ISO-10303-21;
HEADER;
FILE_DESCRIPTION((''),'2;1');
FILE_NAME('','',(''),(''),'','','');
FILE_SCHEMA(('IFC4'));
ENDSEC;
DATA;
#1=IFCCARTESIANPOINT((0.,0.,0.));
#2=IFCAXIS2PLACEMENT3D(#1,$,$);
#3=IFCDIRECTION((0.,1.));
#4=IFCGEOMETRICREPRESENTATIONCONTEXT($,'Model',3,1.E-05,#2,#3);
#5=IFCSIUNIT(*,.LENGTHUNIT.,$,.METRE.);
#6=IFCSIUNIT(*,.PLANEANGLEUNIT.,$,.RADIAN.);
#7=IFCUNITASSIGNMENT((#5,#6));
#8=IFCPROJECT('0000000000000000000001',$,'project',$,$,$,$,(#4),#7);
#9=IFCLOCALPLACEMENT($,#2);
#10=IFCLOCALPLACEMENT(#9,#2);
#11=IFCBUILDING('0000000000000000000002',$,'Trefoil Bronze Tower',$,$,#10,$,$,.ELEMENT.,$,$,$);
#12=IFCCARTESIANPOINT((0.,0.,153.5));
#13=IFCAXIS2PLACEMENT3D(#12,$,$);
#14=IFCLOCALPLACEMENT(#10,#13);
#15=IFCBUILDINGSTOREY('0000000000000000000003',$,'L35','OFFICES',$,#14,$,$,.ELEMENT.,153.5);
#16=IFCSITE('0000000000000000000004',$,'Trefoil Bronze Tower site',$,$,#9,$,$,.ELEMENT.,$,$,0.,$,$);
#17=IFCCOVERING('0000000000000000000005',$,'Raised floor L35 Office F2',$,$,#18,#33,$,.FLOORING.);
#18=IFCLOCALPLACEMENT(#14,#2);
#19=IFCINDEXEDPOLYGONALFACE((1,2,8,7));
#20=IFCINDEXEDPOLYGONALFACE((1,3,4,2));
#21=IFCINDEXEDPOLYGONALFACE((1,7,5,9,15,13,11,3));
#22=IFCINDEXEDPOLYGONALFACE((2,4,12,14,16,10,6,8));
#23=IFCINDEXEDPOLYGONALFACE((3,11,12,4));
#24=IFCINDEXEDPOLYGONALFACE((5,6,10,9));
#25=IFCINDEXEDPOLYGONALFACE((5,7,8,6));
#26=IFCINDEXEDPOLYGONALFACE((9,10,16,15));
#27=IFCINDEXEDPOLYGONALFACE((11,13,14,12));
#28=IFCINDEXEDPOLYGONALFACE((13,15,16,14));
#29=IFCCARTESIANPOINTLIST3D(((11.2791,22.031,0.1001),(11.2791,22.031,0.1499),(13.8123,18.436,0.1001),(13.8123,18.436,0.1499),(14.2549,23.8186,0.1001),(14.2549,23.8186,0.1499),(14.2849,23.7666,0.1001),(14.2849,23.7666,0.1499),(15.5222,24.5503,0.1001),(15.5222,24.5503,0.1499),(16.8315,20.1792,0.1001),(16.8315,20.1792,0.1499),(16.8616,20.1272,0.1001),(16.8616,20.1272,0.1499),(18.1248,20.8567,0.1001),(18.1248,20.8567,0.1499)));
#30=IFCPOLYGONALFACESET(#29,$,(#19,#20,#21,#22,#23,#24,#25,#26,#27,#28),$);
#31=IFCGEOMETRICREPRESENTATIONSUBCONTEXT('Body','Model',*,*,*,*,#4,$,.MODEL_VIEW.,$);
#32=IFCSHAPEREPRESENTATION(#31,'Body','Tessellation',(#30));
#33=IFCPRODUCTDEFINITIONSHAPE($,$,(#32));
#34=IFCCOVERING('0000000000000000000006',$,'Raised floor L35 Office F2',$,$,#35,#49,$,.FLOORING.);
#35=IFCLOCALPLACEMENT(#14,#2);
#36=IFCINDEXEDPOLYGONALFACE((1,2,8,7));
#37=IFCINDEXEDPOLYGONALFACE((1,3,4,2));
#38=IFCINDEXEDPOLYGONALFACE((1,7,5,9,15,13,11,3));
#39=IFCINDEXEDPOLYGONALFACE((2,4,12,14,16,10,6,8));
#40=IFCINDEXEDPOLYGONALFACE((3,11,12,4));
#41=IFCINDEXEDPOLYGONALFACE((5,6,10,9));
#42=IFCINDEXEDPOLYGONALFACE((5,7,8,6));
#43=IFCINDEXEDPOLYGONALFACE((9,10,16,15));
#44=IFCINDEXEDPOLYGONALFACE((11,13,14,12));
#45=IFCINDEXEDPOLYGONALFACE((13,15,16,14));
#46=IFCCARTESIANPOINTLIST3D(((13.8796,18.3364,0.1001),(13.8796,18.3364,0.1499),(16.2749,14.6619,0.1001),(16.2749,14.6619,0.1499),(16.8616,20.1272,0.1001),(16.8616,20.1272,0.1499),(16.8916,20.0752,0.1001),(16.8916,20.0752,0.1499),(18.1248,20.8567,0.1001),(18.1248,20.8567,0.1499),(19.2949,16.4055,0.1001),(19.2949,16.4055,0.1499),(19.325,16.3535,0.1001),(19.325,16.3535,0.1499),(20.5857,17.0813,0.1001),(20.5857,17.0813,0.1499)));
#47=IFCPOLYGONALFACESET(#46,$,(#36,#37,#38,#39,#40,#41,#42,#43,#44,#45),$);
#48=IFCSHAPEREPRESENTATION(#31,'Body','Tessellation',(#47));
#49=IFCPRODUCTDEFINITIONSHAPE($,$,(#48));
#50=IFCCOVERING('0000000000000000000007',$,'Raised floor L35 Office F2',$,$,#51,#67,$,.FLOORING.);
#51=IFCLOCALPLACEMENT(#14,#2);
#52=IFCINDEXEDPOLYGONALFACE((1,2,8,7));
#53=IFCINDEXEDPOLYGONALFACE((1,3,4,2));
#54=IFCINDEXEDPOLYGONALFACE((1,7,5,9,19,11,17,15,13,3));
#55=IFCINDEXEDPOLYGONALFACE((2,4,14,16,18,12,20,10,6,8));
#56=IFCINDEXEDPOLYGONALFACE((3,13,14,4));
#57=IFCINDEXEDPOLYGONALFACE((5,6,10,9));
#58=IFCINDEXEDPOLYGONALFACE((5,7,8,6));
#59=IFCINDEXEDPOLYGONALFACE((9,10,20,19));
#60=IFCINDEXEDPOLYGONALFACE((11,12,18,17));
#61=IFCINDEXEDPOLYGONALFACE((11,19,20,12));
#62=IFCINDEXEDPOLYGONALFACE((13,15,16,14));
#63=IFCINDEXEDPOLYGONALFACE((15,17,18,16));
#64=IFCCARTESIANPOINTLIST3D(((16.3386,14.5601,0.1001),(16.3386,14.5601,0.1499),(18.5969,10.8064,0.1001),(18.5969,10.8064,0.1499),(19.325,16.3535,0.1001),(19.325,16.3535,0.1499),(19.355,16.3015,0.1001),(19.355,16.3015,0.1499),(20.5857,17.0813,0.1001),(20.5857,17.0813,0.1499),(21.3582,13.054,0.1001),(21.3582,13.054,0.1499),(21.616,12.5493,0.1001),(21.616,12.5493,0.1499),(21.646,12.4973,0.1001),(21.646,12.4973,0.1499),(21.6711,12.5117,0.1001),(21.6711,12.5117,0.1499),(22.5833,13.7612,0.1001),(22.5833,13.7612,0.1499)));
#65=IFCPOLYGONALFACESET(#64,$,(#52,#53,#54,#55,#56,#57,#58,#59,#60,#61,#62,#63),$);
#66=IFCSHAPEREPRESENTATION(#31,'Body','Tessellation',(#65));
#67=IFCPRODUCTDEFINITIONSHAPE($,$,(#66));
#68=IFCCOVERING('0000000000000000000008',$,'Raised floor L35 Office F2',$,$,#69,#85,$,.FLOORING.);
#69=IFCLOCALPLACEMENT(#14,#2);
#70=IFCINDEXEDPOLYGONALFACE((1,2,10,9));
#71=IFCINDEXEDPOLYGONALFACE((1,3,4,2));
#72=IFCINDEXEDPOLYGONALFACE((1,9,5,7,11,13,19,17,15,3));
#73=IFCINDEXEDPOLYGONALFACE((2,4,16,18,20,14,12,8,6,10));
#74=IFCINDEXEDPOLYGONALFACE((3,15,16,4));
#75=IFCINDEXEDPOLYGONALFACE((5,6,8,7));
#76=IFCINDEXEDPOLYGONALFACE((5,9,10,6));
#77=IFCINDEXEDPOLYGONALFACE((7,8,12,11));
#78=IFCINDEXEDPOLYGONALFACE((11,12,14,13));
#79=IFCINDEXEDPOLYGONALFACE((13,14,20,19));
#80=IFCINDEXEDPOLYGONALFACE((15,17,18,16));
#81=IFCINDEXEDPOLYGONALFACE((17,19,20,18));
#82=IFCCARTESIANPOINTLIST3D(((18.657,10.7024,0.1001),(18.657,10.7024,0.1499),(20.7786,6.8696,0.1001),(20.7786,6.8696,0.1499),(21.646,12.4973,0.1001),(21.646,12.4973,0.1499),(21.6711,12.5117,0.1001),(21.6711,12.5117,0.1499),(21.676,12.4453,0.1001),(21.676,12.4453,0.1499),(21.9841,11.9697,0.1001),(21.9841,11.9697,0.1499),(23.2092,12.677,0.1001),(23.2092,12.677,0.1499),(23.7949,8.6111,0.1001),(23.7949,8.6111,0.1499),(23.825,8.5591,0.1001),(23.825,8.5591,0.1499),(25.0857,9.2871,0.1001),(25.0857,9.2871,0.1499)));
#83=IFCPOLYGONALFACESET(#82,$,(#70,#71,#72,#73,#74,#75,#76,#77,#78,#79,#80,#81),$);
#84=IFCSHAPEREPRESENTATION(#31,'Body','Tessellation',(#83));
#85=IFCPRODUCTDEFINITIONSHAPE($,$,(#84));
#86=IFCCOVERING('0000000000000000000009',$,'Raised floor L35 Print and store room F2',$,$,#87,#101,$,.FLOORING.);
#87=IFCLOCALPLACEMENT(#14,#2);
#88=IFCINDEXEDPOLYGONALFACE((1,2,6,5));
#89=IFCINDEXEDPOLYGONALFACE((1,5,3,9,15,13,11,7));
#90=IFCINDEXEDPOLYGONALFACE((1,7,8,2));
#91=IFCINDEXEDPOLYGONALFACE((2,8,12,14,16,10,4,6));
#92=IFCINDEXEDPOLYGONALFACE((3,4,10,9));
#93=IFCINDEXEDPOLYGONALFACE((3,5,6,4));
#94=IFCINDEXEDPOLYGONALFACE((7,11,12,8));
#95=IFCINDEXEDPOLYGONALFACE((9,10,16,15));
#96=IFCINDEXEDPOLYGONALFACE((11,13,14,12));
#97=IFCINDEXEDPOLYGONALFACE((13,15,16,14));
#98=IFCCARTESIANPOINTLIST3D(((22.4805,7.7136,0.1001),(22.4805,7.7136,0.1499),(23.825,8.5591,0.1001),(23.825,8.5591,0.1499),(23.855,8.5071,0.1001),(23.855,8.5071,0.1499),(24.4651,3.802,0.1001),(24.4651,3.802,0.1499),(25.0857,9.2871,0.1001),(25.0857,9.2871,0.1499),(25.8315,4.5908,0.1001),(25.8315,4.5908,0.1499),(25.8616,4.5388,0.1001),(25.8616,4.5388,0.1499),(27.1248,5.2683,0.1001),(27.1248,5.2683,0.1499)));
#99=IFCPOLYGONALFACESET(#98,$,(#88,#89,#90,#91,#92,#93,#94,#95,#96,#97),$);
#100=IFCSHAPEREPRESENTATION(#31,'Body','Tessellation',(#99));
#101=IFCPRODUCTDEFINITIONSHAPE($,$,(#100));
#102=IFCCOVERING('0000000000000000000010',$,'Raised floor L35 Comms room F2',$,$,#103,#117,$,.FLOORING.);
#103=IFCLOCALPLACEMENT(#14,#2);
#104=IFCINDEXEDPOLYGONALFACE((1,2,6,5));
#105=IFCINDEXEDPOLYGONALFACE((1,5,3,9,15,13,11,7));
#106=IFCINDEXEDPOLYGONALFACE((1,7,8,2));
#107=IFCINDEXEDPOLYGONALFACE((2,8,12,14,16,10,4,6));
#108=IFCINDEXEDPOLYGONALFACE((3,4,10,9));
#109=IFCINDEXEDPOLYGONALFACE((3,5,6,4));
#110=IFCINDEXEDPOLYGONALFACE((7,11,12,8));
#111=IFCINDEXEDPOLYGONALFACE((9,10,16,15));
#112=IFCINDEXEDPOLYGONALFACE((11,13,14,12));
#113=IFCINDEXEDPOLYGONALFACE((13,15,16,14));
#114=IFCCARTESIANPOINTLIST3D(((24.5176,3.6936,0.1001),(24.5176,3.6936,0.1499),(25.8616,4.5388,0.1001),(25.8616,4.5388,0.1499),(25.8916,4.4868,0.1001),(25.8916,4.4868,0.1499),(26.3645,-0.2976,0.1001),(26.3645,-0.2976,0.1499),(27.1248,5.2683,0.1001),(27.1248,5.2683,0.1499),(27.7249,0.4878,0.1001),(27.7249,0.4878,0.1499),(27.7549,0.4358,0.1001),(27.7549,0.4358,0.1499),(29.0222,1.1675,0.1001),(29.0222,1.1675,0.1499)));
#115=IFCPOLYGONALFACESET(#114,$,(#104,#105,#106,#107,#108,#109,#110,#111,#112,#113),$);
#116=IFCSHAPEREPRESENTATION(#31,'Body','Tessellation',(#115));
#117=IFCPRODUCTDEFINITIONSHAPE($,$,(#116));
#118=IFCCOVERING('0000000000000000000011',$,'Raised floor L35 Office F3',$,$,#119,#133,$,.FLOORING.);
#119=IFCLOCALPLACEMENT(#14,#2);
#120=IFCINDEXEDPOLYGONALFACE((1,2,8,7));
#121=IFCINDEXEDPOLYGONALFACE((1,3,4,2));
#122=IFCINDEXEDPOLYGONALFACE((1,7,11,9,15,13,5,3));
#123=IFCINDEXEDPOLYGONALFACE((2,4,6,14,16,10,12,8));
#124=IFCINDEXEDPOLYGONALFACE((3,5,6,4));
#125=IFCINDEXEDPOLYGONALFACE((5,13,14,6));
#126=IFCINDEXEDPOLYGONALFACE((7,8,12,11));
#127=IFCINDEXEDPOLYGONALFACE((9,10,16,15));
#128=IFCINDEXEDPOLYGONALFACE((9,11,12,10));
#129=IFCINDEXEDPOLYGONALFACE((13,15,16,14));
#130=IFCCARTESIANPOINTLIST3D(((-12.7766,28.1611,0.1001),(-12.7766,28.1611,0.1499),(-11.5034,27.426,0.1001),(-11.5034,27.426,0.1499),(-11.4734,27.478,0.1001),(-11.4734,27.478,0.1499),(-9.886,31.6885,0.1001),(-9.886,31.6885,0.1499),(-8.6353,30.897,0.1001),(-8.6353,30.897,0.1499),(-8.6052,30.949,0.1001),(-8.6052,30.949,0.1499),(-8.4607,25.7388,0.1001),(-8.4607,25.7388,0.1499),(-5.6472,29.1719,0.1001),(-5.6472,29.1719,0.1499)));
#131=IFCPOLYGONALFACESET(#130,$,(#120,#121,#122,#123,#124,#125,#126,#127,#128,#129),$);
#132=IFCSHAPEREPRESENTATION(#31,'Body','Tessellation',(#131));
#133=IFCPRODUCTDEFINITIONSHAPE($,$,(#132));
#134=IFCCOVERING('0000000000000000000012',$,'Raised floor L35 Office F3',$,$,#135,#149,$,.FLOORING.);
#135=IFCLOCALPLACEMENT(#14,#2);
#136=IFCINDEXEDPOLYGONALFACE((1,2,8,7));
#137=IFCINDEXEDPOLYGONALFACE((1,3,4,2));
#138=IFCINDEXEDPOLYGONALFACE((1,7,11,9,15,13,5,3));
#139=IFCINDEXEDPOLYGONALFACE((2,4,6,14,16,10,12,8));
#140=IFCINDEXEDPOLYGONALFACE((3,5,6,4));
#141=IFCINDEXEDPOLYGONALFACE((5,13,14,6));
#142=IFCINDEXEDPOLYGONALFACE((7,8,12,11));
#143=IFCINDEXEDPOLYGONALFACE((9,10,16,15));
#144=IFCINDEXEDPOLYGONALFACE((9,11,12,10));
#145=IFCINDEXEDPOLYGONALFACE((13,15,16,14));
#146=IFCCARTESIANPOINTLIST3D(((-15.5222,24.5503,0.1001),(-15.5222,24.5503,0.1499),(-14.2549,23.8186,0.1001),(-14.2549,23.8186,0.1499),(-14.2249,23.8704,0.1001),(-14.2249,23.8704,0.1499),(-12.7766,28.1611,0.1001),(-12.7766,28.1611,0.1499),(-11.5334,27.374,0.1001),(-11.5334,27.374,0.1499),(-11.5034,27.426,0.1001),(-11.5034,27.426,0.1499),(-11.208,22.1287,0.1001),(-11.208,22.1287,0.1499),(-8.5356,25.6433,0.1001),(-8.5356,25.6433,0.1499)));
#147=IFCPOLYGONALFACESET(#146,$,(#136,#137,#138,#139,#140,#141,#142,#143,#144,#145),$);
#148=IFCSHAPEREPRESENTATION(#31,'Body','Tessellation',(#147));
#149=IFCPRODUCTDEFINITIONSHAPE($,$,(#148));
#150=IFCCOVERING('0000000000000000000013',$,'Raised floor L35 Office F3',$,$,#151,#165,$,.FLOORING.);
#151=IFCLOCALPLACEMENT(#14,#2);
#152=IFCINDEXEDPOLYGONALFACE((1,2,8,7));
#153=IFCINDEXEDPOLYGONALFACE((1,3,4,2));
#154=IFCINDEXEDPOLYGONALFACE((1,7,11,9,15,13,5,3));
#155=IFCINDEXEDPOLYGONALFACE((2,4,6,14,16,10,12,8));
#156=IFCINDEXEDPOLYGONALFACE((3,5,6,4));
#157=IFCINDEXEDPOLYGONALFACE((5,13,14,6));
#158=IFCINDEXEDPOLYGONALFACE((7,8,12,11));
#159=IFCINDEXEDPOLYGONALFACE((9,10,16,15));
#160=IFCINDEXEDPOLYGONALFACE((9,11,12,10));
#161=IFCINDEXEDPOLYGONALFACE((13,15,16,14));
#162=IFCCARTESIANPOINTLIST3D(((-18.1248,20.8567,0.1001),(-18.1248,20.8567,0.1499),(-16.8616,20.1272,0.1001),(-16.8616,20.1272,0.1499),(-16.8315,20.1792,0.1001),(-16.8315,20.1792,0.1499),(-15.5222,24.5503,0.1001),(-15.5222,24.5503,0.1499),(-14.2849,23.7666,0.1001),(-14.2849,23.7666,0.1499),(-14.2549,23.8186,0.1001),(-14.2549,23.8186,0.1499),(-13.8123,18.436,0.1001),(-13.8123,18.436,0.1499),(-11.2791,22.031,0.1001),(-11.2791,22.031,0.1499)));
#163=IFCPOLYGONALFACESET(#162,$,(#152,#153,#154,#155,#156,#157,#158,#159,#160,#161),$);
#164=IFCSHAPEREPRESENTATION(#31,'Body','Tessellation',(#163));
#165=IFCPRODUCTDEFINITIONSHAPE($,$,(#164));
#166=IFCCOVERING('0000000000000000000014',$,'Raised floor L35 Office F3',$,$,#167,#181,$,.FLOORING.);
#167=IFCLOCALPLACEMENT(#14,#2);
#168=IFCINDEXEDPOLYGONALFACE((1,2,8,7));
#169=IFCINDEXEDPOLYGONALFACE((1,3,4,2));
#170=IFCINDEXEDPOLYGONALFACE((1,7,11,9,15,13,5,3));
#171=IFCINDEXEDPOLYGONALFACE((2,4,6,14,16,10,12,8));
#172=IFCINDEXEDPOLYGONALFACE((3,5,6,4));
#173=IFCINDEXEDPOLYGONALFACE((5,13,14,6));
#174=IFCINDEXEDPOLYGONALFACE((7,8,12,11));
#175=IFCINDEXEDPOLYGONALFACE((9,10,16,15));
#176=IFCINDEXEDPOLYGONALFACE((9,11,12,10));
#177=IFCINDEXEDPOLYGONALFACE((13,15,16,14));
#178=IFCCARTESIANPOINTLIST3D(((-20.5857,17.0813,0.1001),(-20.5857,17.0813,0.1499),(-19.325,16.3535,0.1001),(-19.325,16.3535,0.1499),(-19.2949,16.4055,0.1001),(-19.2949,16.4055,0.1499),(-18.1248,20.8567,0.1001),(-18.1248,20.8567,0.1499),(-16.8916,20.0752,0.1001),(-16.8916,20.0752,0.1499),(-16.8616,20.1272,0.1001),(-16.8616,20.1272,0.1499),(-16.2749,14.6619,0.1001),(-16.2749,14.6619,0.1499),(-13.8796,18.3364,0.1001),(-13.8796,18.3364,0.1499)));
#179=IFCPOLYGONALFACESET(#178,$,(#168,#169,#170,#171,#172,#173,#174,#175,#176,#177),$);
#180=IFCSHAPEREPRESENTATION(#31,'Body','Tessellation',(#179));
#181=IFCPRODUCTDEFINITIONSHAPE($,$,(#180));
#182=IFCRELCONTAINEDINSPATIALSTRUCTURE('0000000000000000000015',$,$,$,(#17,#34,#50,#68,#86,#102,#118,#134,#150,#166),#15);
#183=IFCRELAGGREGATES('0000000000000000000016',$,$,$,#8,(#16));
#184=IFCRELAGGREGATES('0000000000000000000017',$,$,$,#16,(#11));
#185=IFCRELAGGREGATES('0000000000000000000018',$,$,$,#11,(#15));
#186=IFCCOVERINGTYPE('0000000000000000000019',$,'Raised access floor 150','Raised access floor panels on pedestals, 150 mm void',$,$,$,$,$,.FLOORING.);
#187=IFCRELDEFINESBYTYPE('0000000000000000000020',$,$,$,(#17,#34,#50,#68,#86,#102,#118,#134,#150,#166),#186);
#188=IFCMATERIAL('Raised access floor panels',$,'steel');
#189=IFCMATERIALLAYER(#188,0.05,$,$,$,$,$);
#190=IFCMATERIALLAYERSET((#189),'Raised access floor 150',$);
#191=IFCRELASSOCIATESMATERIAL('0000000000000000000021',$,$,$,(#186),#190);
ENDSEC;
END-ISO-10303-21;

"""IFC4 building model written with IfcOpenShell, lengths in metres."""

from ifc_helpers import new_model, si_unit, direction, frame, origin, place, context, subcontext, project, spatial, polyline, outline, extrude, material, layer, layer_set, type_object, element, save


model = new_model("IFC4")

# Units and contexts
model_context = context("Model", 3, precision=1e-05, world=origin(), true_north=direction((0.0, 1.0)))
body_context = subcontext(model_context, "Body", "Model", "MODEL_VIEW")
ifc_project = project(units=[si_unit("LENGTHUNIT", "METRE"), si_unit("PLANEANGLEUNIT", "RADIAN")], contexts=[model_context])

# Site, building, storey
site_placement = place(None, origin())
site = spatial("IfcSite", under=ifc_project, at=site_placement, Name="Trefoil Bronze Tower site", CompositionType="ELEMENT", RefElevation=0.0)
building_placement = place(site_placement, origin())
building = spatial("IfcBuilding", under=site, at=building_placement, Name="Trefoil Bronze Tower", CompositionType="ELEMENT")
storey_placement = place(building_placement, frame((0.0, 0.0, 153.5)))
storey = spatial("IfcBuildingStorey", under=building, at=storey_placement, Name="L35", Description="OFFICES", CompositionType="ELEMENT", Elevation=153.5)

# Coverings
ifc_material_1 = material(Name="Raised access floor panels", Category="steel")
ifc_layer_1 = layer(ifc_material_1, 0.05)
ifc_layer_set_1 = layer_set([ifc_layer_1], Name="Raised access floor 150")
covering_type_1 = type_object("IfcCoveringType", Name="Raised access floor 150", Description="Raised access floor panels on pedestals, 150 mm void", PredefinedType="FLOORING", material=ifc_layer_set_1)
covering_1_placement = place(storey_placement, frame((0.0, 0.0, 0.1001)))
element("IfcCovering", 1, at=covering_1_placement, inside=storey, type_object=covering_type_1, Name="Raised floor L35 Office F2", PredefinedType="FLOORING", context=body_context, shape_type="SweptSolid", body=[
    extrude(outline(polyline([(15.5222, 24.5503), (18.1248, 20.8567), (16.8616, 20.1272), (16.8315, 20.1792), (13.8123, 18.436), (11.2791, 22.031), (14.2849, 23.7666), (14.2549, 23.8186), (15.5222, 24.5503)])), origin(), (0.0, 0.0, 1.0), 0.0498),
])
covering_2_placement = place(storey_placement, frame((0.0, 0.0, 0.1001)))
element("IfcCovering", 2, at=covering_2_placement, inside=storey, type_object=covering_type_1, Name="Raised floor L35 Office F2", PredefinedType="FLOORING", context=body_context, shape_type="SweptSolid", body=[
    extrude(outline(polyline([(18.1248, 20.8567), (20.5857, 17.0813), (19.325, 16.3535), (19.2949, 16.4055), (16.2749, 14.6619), (13.8796, 18.3364), (16.8916, 20.0752), (16.8616, 20.1272), (18.1248, 20.8567)])), origin(), (0.0, 0.0, 1.0), 0.0498),
])
covering_3_placement = place(storey_placement, frame((0.0, 0.0, 0.1001)))
element("IfcCovering", 3, at=covering_3_placement, inside=storey, type_object=covering_type_1, Name="Raised floor L35 Office F2", PredefinedType="FLOORING", context=body_context, shape_type="SweptSolid", body=[
    extrude(outline(polyline([(21.646, 12.4973), (21.616, 12.5493), (18.5969, 10.8064), (16.3386, 14.5601), (19.355, 16.3015), (19.325, 16.3535), (20.5857, 17.0813), (22.5833, 13.7612), (21.3582, 13.054), (21.6711, 12.5117), (21.646, 12.4973)])), origin(), (0.0, 0.0, 1.0), 0.0498),
])
covering_4_placement = place(storey_placement, frame((0.0, 0.0, 0.1001)))
element("IfcCovering", 4, at=covering_4_placement, inside=storey, type_object=covering_type_1, Name="Raised floor L35 Office F2", PredefinedType="FLOORING", context=body_context, shape_type="SweptSolid", body=[
    extrude(outline(polyline([(23.825, 8.5591), (23.7949, 8.6111), (20.7786, 6.8696), (18.657, 10.7024), (21.676, 12.4453), (21.646, 12.4973), (21.6711, 12.5117), (21.9841, 11.9697), (23.2092, 12.677), (25.0857, 9.2871), (23.825, 8.5591)])), origin(), (0.0, 0.0, 1.0), 0.0498),
])
covering_5_placement = place(storey_placement, frame((0.0, 0.0, 0.1001)))
element("IfcCovering", 5, at=covering_5_placement, inside=storey, type_object=covering_type_1, Name="Raised floor L35 Print and store room F2", PredefinedType="FLOORING", context=body_context, shape_type="SweptSolid", body=[
    extrude(outline(polyline([(25.8616, 4.5388), (25.8315, 4.5908), (24.4651, 3.802), (22.4805, 7.7136), (23.855, 8.5071), (23.825, 8.5591), (25.0857, 9.2871), (27.1248, 5.2683), (25.8616, 4.5388)])), origin(), (0.0, 0.0, 1.0), 0.0498),
])
covering_6_placement = place(storey_placement, frame((0.0, 0.0, 0.1001)))
element("IfcCovering", 6, at=covering_6_placement, inside=storey, type_object=covering_type_1, Name="Raised floor L35 Comms room F2", PredefinedType="FLOORING", context=body_context, shape_type="SweptSolid", body=[
    extrude(outline(polyline([(27.7549, 0.4358), (27.7249, 0.4878), (26.3645, -0.2976), (24.5176, 3.6936), (25.8916, 4.4868), (25.8616, 4.5388), (27.1248, 5.2683), (29.0222, 1.1675), (27.7549, 0.4358)])), origin(), (0.0, 0.0, 1.0), 0.0498),
])
covering_7_placement = place(storey_placement, frame((0.0, 0.0, 0.1001)))
element("IfcCovering", 7, at=covering_7_placement, inside=storey, type_object=covering_type_1, Name="Raised floor L35 Office F3", PredefinedType="FLOORING", context=body_context, shape_type="SweptSolid", body=[
    extrude(outline(polyline([(-8.6052, 30.949), (-8.6353, 30.897), (-5.6472, 29.1719), (-8.4607, 25.7388), (-11.4734, 27.478), (-11.5034, 27.426), (-12.7766, 28.1611), (-9.886, 31.6885), (-8.6052, 30.949)])), origin(), (0.0, 0.0, 1.0), 0.0498),
])
covering_8_placement = place(storey_placement, frame((0.0, 0.0, 0.1001)))
element("IfcCovering", 8, at=covering_8_placement, inside=storey, type_object=covering_type_1, Name="Raised floor L35 Office F3", PredefinedType="FLOORING", context=body_context, shape_type="SweptSolid", body=[
    extrude(outline(polyline([(-11.5034, 27.426), (-11.5334, 27.374), (-8.5356, 25.6433), (-11.208, 22.1287), (-14.2249, 23.8704), (-14.2549, 23.8186), (-15.5222, 24.5503), (-12.7766, 28.1611), (-11.5034, 27.426)])), origin(), (0.0, 0.0, 1.0), 0.0498),
])
covering_9_placement = place(storey_placement, frame((0.0, 0.0, 0.1001)))
element("IfcCovering", 9, at=covering_9_placement, inside=storey, type_object=covering_type_1, Name="Raised floor L35 Office F3", PredefinedType="FLOORING", context=body_context, shape_type="SweptSolid", body=[
    extrude(outline(polyline([(-18.1248, 20.8567), (-15.5222, 24.5503), (-14.2549, 23.8186), (-14.2849, 23.7666), (-11.2791, 22.031), (-13.8123, 18.436), (-16.8315, 20.1792), (-16.8616, 20.1272), (-18.1248, 20.8567)])), origin(), (0.0, 0.0, 1.0), 0.0498),
])
covering_10_placement = place(storey_placement, frame((0.0, 0.0, 0.1001)))
element("IfcCovering", 10, at=covering_10_placement, inside=storey, type_object=covering_type_1, Name="Raised floor L35 Office F3", PredefinedType="FLOORING", context=body_context, shape_type="SweptSolid", body=[
    extrude(outline(polyline([(-20.5857, 17.0813), (-18.1248, 20.8567), (-16.8616, 20.1272), (-16.8916, 20.0752), (-13.8796, 18.3364), (-16.2749, 14.6619), (-19.2949, 16.4055), (-19.325, 16.3535), (-20.5857, 17.0813)])), origin(), (0.0, 0.0, 1.0), 0.0498),
])

save(model, "model.ifc")
